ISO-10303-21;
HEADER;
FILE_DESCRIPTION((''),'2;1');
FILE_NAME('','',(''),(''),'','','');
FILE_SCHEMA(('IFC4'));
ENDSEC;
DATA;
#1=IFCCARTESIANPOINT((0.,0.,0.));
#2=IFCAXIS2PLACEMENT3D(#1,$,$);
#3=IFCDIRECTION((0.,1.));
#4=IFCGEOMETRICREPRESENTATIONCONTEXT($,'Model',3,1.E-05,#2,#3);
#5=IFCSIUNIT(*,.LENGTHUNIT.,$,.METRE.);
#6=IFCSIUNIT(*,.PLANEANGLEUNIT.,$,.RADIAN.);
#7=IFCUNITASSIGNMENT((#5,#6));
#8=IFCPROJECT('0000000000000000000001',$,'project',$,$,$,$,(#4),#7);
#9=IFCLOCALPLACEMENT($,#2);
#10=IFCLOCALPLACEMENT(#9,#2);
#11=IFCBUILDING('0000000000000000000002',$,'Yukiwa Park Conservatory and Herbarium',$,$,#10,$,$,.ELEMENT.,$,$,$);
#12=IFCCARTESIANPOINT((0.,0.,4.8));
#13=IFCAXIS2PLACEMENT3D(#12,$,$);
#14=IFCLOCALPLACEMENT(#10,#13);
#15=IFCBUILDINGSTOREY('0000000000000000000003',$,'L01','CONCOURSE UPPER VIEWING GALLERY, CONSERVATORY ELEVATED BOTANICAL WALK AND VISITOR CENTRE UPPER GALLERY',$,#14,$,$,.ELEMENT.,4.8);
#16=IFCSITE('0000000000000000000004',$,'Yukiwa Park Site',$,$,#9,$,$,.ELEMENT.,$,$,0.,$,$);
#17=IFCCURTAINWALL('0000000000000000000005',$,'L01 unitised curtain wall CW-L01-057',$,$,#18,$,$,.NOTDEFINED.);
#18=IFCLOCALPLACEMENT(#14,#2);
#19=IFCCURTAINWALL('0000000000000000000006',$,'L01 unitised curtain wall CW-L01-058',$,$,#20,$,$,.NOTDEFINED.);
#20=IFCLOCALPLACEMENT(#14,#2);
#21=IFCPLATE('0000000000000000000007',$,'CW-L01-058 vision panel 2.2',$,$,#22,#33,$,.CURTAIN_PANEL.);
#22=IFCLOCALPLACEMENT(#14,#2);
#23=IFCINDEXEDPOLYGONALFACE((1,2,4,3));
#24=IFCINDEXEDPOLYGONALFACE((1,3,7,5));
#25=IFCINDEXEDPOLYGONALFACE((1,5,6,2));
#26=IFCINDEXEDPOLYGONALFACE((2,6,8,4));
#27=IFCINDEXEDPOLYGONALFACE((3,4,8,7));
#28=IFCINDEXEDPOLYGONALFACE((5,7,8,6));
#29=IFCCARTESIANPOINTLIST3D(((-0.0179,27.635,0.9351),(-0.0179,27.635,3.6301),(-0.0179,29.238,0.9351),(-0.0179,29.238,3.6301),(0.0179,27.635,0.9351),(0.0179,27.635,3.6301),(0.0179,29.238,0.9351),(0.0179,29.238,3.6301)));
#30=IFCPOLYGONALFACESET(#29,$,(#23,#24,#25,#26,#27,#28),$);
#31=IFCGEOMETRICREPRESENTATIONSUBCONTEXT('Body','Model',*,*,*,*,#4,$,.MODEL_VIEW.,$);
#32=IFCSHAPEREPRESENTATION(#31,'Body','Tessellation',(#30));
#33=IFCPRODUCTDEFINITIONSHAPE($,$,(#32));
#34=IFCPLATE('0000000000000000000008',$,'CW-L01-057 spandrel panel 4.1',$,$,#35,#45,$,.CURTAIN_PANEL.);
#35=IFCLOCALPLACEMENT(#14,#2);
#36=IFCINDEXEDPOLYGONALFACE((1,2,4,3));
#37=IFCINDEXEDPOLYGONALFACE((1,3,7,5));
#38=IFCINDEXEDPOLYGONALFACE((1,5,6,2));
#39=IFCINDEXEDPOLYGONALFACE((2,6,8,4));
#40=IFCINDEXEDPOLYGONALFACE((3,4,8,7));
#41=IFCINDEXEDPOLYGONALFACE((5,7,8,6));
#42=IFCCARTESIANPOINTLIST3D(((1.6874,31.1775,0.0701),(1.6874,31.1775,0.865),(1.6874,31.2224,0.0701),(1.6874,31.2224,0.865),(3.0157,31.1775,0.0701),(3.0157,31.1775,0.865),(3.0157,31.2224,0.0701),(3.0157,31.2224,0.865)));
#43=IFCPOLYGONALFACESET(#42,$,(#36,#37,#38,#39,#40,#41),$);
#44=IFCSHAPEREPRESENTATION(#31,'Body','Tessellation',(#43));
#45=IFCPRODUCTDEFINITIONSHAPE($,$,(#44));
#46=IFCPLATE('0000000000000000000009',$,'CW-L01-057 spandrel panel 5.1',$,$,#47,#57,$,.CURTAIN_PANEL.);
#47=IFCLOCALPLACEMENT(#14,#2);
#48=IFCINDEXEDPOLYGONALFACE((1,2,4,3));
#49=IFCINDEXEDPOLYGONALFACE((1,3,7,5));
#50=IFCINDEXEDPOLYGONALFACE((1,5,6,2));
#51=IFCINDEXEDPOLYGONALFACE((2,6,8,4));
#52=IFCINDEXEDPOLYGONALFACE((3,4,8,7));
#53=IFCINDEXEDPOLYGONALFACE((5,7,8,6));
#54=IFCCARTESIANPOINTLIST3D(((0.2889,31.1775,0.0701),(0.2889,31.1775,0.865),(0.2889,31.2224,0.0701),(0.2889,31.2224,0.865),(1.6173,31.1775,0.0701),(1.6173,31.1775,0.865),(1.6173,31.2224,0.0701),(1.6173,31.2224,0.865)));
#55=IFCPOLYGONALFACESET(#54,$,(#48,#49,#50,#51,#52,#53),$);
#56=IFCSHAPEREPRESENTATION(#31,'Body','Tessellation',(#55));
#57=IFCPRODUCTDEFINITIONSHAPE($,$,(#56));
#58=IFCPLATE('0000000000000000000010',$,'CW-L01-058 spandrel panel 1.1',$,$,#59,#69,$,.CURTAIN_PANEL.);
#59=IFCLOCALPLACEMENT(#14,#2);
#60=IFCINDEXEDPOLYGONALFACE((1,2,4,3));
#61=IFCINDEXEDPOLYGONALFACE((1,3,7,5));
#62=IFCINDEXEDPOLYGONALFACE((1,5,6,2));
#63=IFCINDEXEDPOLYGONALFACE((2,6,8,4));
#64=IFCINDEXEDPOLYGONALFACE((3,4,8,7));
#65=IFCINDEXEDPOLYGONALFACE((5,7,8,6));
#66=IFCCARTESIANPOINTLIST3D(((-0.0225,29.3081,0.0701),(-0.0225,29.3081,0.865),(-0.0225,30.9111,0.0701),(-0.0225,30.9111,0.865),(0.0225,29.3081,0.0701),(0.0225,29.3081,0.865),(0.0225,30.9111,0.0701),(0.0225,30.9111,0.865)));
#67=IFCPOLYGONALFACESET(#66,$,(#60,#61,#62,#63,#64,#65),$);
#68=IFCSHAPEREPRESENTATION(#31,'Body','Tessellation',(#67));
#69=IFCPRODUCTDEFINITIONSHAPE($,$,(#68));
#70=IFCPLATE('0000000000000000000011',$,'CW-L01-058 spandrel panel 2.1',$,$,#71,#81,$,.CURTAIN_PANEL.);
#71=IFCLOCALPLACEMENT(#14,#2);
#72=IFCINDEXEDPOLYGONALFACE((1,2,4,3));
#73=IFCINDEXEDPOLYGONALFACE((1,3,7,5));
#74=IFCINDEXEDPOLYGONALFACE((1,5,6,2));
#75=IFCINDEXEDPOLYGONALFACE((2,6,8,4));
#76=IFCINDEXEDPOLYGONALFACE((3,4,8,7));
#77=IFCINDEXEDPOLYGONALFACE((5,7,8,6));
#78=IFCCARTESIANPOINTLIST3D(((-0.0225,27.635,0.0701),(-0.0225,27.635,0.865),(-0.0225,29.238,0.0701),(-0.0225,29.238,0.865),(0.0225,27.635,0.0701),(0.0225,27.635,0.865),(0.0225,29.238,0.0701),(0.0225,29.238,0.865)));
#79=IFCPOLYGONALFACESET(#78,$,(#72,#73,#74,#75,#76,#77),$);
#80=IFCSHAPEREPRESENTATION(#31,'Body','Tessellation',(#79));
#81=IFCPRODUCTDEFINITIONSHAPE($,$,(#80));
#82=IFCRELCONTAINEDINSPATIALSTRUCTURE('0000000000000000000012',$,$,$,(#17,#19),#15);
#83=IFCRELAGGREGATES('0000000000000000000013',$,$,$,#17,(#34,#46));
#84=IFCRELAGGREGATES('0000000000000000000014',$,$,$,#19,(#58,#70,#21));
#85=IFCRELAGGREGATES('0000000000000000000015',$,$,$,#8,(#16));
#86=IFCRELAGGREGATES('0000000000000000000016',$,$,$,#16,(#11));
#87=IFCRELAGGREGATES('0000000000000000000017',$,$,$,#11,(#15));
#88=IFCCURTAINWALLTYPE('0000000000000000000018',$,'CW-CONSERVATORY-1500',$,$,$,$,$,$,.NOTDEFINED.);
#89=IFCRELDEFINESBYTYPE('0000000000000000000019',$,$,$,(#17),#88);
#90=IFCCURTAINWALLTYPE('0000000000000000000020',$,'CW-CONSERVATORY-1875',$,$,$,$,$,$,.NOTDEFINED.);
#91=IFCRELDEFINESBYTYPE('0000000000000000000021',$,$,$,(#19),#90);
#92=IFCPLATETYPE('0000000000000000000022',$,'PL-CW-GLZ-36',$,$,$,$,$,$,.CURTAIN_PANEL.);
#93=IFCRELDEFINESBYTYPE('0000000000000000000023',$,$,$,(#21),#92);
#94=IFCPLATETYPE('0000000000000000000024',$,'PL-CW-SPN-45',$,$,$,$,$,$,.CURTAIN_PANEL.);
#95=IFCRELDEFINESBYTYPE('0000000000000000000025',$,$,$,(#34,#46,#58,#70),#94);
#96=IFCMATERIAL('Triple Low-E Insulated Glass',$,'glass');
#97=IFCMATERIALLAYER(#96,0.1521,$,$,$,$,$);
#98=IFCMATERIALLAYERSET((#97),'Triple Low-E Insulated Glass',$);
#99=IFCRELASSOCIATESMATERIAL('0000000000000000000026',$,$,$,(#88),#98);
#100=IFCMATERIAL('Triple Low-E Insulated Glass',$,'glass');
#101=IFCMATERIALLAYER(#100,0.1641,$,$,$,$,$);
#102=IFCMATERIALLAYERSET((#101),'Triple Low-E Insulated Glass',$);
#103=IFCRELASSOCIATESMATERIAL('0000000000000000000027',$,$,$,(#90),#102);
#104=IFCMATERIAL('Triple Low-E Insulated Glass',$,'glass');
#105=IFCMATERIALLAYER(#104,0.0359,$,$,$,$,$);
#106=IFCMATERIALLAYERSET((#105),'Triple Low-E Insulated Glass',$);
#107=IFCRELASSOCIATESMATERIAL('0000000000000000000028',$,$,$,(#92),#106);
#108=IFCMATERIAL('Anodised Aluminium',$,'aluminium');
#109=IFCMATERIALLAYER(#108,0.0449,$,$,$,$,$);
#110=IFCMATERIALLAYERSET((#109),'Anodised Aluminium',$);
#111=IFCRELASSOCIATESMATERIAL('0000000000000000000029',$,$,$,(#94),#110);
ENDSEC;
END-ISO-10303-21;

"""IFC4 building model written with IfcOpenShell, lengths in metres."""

from ifc_helpers import new_model, si_unit, direction, frame, origin, origin_2d, place, context, subcontext, project, spatial, rectangle, extrude, material, layer, layer_set, type_object, element, aggregate, save


model = new_model("IFC4")

# Units and contexts
model_context = context("Model", 3, precision=1e-05, world=origin(), true_north=direction((0.0, 1.0)))
body_context = subcontext(model_context, "Body", "Model", "MODEL_VIEW")
ifc_project = project(units=[si_unit("LENGTHUNIT", "METRE"), si_unit("PLANEANGLEUNIT", "RADIAN")], contexts=[model_context])

# Site, building, storey
site_placement = place(None, origin())
site = spatial("IfcSite", under=ifc_project, at=site_placement, Name="Yukiwa Park Site", CompositionType="ELEMENT", RefElevation=0.0)
building_placement = place(site_placement, origin())
building = spatial("IfcBuilding", under=site, at=building_placement, Name="Yukiwa Park Conservatory and Herbarium", CompositionType="ELEMENT")
storey_placement = place(building_placement, frame((0.0, 0.0, 4.8)))
storey = spatial("IfcBuildingStorey", under=building, at=storey_placement, Name="L01", Description="CONCOURSE UPPER VIEWING GALLERY, CONSERVATORY ELEVATED BOTANICAL WALK AND VISITOR CENTRE UPPER GALLERY", CompositionType="ELEMENT", Elevation=4.8)

# Curtain walls
ifc_material_1 = material(Name="Triple Low-E Insulated Glass", Category="glass")
ifc_layer_1 = layer(ifc_material_1, 0.1521)
ifc_layer_set_1 = layer_set([ifc_layer_1], Name="Triple Low-E Insulated Glass")
curtain_wall_type_1 = type_object("IfcCurtainWallType", Name="CW-CONSERVATORY-1500", PredefinedType="NOTDEFINED", material=ifc_layer_set_1)
curtain_wall_1_placement = place(storey_placement, origin())
curtain_wall_1 = element("IfcCurtainWall", 1, at=curtain_wall_1_placement, inside=storey, type_object=curtain_wall_type_1, Name="L01 unitised curtain wall CW-L01-057", PredefinedType="NOTDEFINED")
ifc_material_2 = material(Name="Triple Low-E Insulated Glass", Category="glass")
ifc_layer_2 = layer(ifc_material_2, 0.1641)
ifc_layer_set_2 = layer_set([ifc_layer_2], Name="Triple Low-E Insulated Glass")
curtain_wall_type_2 = type_object("IfcCurtainWallType", Name="CW-CONSERVATORY-1875", PredefinedType="NOTDEFINED", material=ifc_layer_set_2)
curtain_wall_2_placement = place(storey_placement, origin())
curtain_wall_2 = element("IfcCurtainWall", 2, at=curtain_wall_2_placement, inside=storey, type_object=curtain_wall_type_2, Name="L01 unitised curtain wall CW-L01-058", PredefinedType="NOTDEFINED")

# Plates
ifc_material_3 = material(Name="Triple Low-E Insulated Glass", Category="glass")
ifc_layer_3 = layer(ifc_material_3, 0.0359)
ifc_layer_set_3 = layer_set([ifc_layer_3], Name="Triple Low-E Insulated Glass")
plate_type_1 = type_object("IfcPlateType", Name="PL-CW-GLZ-36", PredefinedType="CURTAIN_PANEL", material=ifc_layer_set_3)
plate_1_placement = place(storey_placement, frame((0.0, 28.4365, 0.9351), z_axis=(0.0, 0.0, 1.0), x_axis=(0.0, -1.0, 0.0)))
plate_1 = element("IfcPlate", 3, at=plate_1_placement, type_object=plate_type_1, Name="CW-L01-058 vision panel 2.2", PredefinedType="CURTAIN_PANEL", context=body_context, shape_type="SweptSolid", body=[
    extrude(rectangle(XDim=1.603, YDim=0.0359, at=origin_2d()), origin(), (0.0, 0.0, 1.0), 2.6951),
])
ifc_material_4 = material(Name="Anodised Aluminium", Category="aluminium")
ifc_layer_4 = layer(ifc_material_4, 0.0449)
ifc_layer_set_4 = layer_set([ifc_layer_4], Name="Anodised Aluminium")
plate_type_2 = type_object("IfcPlateType", Name="PL-CW-SPN-45", PredefinedType="CURTAIN_PANEL", material=ifc_layer_set_4)
plate_2_placement = place(storey_placement, frame((2.3516, 31.2, 0.0701), z_axis=(0.0, 0.0, 1.0), x_axis=(-1.0, 0.0, 0.0)))
plate_2 = element("IfcPlate", 4, at=plate_2_placement, type_object=plate_type_2, Name="CW-L01-057 spandrel panel 4.1", PredefinedType="CURTAIN_PANEL", context=body_context, shape_type="SweptSolid", body=[
    extrude(rectangle(XDim=1.3284, YDim=0.0449, at=origin_2d()), origin(), (0.0, 0.0, 1.0), 0.7949),
])
plate_3_placement = place(storey_placement, frame((0.9531, 31.2, 0.0701), z_axis=(0.0, 0.0, 1.0), x_axis=(-1.0, 0.0, 0.0)))
plate_3 = element("IfcPlate", 5, at=plate_3_placement, type_object=plate_type_2, Name="CW-L01-057 spandrel panel 5.1", PredefinedType="CURTAIN_PANEL", context=body_context, shape_type="SweptSolid", body=[
    extrude(rectangle(XDim=1.3284, YDim=0.0449, at=origin_2d()), origin(), (0.0, 0.0, 1.0), 0.7949),
])
aggregate(curtain_wall_1, [plate_2, plate_3])
plate_4_placement = place(storey_placement, frame((0.0, 30.1096, 0.0701), z_axis=(0.0, 0.0, 1.0), x_axis=(0.0, -1.0, 0.0)))
plate_4 = element("IfcPlate", 6, at=plate_4_placement, type_object=plate_type_2, Name="CW-L01-058 spandrel panel 1.1", PredefinedType="CURTAIN_PANEL", context=body_context, shape_type="SweptSolid", body=[
    extrude(rectangle(XDim=1.603, YDim=0.0449, at=origin_2d()), origin(), (0.0, 0.0, 1.0), 0.7949),
])
plate_5_placement = place(storey_placement, frame((0.0, 28.4365, 0.0701), z_axis=(0.0, 0.0, 1.0), x_axis=(0.0, -1.0, 0.0)))
plate_5 = element("IfcPlate", 7, at=plate_5_placement, type_object=plate_type_2, Name="CW-L01-058 spandrel panel 2.1", PredefinedType="CURTAIN_PANEL", context=body_context, shape_type="SweptSolid", body=[
    extrude(rectangle(XDim=1.603, YDim=0.0449, at=origin_2d()), origin(), (0.0, 0.0, 1.0), 0.7949),
])
aggregate(curtain_wall_2, [plate_4, plate_5, plate_1])

save(model, "model.ifc")
